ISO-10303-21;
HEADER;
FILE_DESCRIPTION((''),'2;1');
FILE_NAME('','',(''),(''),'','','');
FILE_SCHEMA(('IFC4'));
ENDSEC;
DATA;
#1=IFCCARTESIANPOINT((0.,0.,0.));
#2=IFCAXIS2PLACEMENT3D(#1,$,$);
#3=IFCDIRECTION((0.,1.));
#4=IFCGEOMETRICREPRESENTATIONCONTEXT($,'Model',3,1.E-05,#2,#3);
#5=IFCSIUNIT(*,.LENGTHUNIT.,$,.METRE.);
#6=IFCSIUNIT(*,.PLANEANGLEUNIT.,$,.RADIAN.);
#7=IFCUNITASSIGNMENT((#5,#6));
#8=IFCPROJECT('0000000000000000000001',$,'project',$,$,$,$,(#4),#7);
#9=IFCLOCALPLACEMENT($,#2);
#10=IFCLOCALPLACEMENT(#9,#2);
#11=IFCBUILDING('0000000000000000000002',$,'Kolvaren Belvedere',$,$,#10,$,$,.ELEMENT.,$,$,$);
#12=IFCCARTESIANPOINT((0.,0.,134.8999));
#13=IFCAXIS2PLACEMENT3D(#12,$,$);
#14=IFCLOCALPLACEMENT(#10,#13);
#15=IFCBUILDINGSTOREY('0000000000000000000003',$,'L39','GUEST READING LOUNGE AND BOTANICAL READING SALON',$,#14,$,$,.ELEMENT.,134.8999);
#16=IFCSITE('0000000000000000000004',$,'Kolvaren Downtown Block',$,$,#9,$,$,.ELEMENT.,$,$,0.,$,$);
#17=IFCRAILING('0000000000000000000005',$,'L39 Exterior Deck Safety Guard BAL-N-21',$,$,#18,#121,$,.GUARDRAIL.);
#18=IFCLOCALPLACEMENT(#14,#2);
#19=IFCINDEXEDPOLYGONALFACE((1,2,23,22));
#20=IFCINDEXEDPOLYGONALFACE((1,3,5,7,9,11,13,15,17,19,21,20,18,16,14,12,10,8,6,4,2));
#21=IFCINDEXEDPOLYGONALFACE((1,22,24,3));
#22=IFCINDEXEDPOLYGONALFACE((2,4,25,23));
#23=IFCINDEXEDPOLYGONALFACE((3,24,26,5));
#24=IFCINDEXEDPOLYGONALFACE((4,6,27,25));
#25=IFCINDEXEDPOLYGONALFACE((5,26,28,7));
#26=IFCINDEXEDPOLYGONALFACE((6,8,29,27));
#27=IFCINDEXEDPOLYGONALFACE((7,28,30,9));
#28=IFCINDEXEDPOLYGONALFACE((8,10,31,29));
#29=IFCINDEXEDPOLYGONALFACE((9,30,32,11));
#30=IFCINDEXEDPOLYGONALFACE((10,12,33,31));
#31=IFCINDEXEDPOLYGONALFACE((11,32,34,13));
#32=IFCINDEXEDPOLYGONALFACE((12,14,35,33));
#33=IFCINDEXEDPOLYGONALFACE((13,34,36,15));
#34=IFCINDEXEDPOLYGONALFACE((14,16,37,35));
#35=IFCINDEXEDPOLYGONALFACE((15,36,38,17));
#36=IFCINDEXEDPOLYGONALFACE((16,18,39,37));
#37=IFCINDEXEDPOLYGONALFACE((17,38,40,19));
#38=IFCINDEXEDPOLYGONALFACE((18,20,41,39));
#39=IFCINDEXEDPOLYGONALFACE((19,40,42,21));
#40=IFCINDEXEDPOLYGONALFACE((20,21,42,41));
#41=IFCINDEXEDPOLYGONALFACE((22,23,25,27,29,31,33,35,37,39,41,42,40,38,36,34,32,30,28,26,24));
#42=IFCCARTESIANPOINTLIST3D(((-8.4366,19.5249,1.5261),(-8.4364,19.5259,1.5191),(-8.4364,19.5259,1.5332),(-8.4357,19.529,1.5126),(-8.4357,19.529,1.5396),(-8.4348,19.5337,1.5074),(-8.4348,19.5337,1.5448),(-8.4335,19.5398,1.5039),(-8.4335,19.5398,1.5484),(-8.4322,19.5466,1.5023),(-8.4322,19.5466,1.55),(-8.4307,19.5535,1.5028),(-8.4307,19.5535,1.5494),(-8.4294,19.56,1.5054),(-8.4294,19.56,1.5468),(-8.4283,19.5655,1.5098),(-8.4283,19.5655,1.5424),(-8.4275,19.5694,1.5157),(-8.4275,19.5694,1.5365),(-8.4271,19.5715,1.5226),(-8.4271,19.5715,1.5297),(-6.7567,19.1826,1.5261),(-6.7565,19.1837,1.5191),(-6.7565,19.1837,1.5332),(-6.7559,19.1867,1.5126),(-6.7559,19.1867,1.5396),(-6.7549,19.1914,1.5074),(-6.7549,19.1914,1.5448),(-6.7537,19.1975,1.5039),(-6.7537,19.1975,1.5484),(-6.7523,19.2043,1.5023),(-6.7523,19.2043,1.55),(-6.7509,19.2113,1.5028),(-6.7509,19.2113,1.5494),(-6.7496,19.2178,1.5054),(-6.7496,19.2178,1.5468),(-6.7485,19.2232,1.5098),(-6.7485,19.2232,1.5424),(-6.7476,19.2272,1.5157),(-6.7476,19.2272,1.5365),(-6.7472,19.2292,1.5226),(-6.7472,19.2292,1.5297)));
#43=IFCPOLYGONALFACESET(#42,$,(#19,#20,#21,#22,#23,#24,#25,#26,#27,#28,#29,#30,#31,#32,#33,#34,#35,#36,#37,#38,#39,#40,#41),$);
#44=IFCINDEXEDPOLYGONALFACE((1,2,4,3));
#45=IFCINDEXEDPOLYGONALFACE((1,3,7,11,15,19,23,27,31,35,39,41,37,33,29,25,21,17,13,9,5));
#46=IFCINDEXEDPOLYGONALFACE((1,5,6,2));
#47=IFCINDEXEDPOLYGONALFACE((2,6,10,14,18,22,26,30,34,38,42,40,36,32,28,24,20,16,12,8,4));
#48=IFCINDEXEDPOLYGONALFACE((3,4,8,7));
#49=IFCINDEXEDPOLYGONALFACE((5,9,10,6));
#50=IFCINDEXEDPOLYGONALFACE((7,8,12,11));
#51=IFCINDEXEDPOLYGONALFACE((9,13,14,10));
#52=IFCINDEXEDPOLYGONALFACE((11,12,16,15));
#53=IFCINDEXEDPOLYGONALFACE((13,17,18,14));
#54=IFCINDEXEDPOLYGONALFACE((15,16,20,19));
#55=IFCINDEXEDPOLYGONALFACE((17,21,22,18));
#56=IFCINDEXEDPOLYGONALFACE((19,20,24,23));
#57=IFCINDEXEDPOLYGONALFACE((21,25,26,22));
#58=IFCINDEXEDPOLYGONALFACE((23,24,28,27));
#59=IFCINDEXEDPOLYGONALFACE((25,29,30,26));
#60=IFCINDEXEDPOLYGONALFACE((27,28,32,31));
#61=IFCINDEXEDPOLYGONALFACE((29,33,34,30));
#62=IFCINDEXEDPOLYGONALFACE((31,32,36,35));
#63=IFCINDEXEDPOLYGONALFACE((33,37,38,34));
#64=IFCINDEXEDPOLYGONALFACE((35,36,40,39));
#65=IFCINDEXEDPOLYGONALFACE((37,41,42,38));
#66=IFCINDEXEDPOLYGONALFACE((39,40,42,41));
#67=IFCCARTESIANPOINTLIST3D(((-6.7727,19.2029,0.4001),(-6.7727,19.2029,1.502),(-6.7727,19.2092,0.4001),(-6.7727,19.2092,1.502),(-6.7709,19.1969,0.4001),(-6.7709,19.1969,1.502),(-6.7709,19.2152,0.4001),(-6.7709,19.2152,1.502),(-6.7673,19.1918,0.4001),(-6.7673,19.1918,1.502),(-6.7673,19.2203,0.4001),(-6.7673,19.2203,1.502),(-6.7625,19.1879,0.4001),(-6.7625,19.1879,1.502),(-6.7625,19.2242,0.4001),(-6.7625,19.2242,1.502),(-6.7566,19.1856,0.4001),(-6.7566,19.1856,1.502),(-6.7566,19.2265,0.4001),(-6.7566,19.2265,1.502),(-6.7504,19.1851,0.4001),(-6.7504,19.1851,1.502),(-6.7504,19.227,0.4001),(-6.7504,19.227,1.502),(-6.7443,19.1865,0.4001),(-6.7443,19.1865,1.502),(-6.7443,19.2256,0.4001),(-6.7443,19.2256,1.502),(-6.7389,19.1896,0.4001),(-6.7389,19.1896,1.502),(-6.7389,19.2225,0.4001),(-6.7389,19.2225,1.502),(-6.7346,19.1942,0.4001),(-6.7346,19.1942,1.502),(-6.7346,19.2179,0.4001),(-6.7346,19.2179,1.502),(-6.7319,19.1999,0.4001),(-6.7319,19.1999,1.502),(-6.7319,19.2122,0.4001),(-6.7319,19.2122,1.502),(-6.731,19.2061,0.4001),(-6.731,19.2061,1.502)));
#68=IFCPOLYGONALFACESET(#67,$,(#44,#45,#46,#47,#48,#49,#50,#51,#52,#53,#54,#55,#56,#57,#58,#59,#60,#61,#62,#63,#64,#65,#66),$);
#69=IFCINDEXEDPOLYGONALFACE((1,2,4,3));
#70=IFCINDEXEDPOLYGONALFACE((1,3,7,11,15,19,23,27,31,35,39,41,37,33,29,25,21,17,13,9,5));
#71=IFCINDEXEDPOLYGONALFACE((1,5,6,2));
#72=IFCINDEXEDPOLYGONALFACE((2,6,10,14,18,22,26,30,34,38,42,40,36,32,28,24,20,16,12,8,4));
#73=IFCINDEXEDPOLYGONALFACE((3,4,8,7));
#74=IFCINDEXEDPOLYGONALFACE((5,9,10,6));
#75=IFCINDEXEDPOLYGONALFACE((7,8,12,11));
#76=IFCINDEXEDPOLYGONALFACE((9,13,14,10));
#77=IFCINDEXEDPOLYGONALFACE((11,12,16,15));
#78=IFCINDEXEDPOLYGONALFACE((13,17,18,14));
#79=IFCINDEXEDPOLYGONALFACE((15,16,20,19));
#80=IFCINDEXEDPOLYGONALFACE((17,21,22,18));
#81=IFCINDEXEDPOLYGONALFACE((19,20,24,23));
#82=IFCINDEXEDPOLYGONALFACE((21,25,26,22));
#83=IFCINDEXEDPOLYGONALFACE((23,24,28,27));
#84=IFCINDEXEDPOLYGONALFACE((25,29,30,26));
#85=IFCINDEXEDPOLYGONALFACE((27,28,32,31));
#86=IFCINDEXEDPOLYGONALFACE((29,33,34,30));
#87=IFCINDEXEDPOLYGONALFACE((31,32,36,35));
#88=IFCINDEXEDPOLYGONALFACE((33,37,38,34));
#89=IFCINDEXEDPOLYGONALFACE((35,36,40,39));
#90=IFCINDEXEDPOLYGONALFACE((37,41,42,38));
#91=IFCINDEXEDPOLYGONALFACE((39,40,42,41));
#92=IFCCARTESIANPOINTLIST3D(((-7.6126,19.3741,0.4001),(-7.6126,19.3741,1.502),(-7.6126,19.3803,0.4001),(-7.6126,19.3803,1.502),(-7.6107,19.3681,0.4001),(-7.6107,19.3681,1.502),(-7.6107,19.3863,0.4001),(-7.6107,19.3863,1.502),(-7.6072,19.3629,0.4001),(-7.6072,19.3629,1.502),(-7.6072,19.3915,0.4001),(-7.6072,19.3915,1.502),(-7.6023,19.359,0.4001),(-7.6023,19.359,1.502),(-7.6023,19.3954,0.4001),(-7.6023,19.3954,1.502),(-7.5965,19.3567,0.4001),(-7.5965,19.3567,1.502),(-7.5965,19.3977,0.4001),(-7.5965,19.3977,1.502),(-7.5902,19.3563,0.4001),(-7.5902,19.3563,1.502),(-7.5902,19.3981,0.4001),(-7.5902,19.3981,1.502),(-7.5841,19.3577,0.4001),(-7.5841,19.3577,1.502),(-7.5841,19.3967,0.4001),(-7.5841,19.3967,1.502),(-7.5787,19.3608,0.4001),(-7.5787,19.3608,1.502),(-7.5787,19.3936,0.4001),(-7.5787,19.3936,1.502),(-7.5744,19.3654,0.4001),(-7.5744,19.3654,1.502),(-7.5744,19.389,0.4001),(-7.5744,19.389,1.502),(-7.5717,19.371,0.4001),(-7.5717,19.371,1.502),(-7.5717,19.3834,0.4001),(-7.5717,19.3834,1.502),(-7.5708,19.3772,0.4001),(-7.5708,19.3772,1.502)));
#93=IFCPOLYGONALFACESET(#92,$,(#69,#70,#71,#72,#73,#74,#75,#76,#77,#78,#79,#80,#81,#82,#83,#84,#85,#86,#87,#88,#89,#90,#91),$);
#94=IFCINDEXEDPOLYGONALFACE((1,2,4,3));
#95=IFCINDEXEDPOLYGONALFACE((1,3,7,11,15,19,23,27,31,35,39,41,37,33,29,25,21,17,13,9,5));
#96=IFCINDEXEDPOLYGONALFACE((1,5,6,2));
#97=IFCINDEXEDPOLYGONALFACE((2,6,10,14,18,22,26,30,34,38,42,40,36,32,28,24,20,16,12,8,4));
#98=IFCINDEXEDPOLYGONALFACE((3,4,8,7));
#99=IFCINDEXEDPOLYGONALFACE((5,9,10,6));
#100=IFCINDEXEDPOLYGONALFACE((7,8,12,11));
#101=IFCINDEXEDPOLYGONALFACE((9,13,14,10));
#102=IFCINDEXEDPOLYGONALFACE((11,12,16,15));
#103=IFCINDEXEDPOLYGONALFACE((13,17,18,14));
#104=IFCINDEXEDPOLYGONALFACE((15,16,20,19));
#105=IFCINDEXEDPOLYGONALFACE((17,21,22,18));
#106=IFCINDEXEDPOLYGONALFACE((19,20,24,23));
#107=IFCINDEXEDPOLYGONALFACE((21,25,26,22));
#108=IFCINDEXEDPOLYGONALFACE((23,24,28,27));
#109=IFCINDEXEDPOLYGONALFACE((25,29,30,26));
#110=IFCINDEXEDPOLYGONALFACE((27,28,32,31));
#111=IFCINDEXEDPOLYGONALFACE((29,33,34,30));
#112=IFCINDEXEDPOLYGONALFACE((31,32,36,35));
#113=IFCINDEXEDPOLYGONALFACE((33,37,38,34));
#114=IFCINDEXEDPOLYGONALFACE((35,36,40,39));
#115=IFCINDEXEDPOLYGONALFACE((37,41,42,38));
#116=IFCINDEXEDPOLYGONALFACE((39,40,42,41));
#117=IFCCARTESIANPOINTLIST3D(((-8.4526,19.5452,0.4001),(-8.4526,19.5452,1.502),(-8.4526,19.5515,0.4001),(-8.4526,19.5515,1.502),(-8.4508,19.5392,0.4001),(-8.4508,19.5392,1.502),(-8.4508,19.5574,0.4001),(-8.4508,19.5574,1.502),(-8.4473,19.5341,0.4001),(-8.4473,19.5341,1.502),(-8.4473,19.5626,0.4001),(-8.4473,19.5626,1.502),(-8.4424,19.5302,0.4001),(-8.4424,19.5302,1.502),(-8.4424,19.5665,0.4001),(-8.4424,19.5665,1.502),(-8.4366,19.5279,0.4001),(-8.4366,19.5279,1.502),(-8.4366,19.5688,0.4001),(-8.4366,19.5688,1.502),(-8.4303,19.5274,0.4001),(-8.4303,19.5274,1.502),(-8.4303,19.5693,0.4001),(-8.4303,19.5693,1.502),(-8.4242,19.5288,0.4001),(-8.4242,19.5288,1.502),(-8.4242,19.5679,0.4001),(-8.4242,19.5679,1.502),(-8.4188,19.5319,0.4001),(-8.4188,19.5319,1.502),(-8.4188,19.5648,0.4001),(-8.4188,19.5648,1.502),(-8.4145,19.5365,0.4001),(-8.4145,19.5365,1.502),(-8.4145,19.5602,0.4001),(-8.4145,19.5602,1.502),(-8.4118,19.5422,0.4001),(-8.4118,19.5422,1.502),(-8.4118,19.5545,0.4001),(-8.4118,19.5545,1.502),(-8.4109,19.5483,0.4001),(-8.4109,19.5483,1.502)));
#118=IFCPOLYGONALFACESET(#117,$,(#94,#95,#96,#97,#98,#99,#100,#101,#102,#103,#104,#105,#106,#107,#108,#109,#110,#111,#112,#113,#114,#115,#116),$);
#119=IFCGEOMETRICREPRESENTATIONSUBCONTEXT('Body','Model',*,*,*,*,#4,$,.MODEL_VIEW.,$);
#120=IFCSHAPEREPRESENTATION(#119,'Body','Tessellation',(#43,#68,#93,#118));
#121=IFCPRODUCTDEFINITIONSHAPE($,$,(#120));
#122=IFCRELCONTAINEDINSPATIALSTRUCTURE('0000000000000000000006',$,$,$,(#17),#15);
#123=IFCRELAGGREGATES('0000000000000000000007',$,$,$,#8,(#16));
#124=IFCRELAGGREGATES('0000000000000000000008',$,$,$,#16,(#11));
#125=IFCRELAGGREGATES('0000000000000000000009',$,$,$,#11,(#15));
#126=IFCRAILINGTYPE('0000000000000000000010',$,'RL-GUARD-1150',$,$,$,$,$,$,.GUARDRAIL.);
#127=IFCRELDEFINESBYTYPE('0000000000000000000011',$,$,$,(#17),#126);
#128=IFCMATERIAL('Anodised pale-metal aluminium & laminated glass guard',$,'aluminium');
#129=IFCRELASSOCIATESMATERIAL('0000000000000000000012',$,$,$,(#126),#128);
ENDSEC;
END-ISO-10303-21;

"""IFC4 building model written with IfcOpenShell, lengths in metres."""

from ifc_helpers import new_model, si_unit, direction, frame, origin, origin_2d, place, context, subcontext, project, spatial, circle, extrude, material, type_object, element, save


model = new_model("IFC4")

# Units and contexts
model_context = context("Model", 3, precision=1e-05, world=origin(), true_north=direction((0.0, 1.0)))
body_context = subcontext(model_context, "Body", "Model", "MODEL_VIEW")
ifc_project = project(units=[si_unit("LENGTHUNIT", "METRE"), si_unit("PLANEANGLEUNIT", "RADIAN")], contexts=[model_context])

# Site, building, storey
site_placement = place(None, origin())
site = spatial("IfcSite", under=ifc_project, at=site_placement, Name="Kolvaren Downtown Block", CompositionType="ELEMENT", RefElevation=0.0)
building_placement = place(site_placement, origin())
building = spatial("IfcBuilding", under=site, at=building_placement, Name="Kolvaren Belvedere", CompositionType="ELEMENT")
storey_placement = place(building_placement, frame((0.0, 0.0, 134.8999)))
storey = spatial("IfcBuildingStorey", under=building, at=storey_placement, Name="L39", Description="GUEST READING LOUNGE AND BOTANICAL READING SALON", CompositionType="ELEMENT", Elevation=134.8999)

# Railing
ifc_material_1 = material(Name="Anodised pale-metal aluminium & laminated glass guard", Category="aluminium")
railing_type = type_object("IfcRailingType", Name="RL-GUARD-1150", PredefinedType="GUARDRAIL", material=ifc_material_1)
railing_1_placement = place(storey_placement, frame((-6.752, 19.2061, 0.4001)))
element("IfcRailing", 1, at=railing_1_placement, inside=storey, type_object=railing_type, Name="L39 Exterior Deck Safety Guard BAL-N-21", PredefinedType="GUARDRAIL", context=body_context, shape_type="SweptSolid", body=[
    extrude(circle(Radius=0.0239, at=origin_2d()), frame((0.0, 0.0, 1.126), z_axis=(-0.979868, 0.199648, 0.0), x_axis=(-0.199648, -0.979868, 0.0)), (0.0, 0.0, 1.0), 1.7144),
    extrude(circle(Radius=0.021, at=origin_2d()), origin(), (0.0, 0.0, 1.0), 1.1018),
    extrude(circle(Radius=0.021, at=origin_2d()), frame((-0.8398, 0.1711, 0.0)), (0.0, 0.0, 1.0), 1.1018),
    extrude(circle(Radius=0.021, at=origin_2d()), frame((-1.6799, 0.3423, 0.0)), (0.0, 0.0, 1.0), 1.1018),
])

save(model, "model.ifc")
